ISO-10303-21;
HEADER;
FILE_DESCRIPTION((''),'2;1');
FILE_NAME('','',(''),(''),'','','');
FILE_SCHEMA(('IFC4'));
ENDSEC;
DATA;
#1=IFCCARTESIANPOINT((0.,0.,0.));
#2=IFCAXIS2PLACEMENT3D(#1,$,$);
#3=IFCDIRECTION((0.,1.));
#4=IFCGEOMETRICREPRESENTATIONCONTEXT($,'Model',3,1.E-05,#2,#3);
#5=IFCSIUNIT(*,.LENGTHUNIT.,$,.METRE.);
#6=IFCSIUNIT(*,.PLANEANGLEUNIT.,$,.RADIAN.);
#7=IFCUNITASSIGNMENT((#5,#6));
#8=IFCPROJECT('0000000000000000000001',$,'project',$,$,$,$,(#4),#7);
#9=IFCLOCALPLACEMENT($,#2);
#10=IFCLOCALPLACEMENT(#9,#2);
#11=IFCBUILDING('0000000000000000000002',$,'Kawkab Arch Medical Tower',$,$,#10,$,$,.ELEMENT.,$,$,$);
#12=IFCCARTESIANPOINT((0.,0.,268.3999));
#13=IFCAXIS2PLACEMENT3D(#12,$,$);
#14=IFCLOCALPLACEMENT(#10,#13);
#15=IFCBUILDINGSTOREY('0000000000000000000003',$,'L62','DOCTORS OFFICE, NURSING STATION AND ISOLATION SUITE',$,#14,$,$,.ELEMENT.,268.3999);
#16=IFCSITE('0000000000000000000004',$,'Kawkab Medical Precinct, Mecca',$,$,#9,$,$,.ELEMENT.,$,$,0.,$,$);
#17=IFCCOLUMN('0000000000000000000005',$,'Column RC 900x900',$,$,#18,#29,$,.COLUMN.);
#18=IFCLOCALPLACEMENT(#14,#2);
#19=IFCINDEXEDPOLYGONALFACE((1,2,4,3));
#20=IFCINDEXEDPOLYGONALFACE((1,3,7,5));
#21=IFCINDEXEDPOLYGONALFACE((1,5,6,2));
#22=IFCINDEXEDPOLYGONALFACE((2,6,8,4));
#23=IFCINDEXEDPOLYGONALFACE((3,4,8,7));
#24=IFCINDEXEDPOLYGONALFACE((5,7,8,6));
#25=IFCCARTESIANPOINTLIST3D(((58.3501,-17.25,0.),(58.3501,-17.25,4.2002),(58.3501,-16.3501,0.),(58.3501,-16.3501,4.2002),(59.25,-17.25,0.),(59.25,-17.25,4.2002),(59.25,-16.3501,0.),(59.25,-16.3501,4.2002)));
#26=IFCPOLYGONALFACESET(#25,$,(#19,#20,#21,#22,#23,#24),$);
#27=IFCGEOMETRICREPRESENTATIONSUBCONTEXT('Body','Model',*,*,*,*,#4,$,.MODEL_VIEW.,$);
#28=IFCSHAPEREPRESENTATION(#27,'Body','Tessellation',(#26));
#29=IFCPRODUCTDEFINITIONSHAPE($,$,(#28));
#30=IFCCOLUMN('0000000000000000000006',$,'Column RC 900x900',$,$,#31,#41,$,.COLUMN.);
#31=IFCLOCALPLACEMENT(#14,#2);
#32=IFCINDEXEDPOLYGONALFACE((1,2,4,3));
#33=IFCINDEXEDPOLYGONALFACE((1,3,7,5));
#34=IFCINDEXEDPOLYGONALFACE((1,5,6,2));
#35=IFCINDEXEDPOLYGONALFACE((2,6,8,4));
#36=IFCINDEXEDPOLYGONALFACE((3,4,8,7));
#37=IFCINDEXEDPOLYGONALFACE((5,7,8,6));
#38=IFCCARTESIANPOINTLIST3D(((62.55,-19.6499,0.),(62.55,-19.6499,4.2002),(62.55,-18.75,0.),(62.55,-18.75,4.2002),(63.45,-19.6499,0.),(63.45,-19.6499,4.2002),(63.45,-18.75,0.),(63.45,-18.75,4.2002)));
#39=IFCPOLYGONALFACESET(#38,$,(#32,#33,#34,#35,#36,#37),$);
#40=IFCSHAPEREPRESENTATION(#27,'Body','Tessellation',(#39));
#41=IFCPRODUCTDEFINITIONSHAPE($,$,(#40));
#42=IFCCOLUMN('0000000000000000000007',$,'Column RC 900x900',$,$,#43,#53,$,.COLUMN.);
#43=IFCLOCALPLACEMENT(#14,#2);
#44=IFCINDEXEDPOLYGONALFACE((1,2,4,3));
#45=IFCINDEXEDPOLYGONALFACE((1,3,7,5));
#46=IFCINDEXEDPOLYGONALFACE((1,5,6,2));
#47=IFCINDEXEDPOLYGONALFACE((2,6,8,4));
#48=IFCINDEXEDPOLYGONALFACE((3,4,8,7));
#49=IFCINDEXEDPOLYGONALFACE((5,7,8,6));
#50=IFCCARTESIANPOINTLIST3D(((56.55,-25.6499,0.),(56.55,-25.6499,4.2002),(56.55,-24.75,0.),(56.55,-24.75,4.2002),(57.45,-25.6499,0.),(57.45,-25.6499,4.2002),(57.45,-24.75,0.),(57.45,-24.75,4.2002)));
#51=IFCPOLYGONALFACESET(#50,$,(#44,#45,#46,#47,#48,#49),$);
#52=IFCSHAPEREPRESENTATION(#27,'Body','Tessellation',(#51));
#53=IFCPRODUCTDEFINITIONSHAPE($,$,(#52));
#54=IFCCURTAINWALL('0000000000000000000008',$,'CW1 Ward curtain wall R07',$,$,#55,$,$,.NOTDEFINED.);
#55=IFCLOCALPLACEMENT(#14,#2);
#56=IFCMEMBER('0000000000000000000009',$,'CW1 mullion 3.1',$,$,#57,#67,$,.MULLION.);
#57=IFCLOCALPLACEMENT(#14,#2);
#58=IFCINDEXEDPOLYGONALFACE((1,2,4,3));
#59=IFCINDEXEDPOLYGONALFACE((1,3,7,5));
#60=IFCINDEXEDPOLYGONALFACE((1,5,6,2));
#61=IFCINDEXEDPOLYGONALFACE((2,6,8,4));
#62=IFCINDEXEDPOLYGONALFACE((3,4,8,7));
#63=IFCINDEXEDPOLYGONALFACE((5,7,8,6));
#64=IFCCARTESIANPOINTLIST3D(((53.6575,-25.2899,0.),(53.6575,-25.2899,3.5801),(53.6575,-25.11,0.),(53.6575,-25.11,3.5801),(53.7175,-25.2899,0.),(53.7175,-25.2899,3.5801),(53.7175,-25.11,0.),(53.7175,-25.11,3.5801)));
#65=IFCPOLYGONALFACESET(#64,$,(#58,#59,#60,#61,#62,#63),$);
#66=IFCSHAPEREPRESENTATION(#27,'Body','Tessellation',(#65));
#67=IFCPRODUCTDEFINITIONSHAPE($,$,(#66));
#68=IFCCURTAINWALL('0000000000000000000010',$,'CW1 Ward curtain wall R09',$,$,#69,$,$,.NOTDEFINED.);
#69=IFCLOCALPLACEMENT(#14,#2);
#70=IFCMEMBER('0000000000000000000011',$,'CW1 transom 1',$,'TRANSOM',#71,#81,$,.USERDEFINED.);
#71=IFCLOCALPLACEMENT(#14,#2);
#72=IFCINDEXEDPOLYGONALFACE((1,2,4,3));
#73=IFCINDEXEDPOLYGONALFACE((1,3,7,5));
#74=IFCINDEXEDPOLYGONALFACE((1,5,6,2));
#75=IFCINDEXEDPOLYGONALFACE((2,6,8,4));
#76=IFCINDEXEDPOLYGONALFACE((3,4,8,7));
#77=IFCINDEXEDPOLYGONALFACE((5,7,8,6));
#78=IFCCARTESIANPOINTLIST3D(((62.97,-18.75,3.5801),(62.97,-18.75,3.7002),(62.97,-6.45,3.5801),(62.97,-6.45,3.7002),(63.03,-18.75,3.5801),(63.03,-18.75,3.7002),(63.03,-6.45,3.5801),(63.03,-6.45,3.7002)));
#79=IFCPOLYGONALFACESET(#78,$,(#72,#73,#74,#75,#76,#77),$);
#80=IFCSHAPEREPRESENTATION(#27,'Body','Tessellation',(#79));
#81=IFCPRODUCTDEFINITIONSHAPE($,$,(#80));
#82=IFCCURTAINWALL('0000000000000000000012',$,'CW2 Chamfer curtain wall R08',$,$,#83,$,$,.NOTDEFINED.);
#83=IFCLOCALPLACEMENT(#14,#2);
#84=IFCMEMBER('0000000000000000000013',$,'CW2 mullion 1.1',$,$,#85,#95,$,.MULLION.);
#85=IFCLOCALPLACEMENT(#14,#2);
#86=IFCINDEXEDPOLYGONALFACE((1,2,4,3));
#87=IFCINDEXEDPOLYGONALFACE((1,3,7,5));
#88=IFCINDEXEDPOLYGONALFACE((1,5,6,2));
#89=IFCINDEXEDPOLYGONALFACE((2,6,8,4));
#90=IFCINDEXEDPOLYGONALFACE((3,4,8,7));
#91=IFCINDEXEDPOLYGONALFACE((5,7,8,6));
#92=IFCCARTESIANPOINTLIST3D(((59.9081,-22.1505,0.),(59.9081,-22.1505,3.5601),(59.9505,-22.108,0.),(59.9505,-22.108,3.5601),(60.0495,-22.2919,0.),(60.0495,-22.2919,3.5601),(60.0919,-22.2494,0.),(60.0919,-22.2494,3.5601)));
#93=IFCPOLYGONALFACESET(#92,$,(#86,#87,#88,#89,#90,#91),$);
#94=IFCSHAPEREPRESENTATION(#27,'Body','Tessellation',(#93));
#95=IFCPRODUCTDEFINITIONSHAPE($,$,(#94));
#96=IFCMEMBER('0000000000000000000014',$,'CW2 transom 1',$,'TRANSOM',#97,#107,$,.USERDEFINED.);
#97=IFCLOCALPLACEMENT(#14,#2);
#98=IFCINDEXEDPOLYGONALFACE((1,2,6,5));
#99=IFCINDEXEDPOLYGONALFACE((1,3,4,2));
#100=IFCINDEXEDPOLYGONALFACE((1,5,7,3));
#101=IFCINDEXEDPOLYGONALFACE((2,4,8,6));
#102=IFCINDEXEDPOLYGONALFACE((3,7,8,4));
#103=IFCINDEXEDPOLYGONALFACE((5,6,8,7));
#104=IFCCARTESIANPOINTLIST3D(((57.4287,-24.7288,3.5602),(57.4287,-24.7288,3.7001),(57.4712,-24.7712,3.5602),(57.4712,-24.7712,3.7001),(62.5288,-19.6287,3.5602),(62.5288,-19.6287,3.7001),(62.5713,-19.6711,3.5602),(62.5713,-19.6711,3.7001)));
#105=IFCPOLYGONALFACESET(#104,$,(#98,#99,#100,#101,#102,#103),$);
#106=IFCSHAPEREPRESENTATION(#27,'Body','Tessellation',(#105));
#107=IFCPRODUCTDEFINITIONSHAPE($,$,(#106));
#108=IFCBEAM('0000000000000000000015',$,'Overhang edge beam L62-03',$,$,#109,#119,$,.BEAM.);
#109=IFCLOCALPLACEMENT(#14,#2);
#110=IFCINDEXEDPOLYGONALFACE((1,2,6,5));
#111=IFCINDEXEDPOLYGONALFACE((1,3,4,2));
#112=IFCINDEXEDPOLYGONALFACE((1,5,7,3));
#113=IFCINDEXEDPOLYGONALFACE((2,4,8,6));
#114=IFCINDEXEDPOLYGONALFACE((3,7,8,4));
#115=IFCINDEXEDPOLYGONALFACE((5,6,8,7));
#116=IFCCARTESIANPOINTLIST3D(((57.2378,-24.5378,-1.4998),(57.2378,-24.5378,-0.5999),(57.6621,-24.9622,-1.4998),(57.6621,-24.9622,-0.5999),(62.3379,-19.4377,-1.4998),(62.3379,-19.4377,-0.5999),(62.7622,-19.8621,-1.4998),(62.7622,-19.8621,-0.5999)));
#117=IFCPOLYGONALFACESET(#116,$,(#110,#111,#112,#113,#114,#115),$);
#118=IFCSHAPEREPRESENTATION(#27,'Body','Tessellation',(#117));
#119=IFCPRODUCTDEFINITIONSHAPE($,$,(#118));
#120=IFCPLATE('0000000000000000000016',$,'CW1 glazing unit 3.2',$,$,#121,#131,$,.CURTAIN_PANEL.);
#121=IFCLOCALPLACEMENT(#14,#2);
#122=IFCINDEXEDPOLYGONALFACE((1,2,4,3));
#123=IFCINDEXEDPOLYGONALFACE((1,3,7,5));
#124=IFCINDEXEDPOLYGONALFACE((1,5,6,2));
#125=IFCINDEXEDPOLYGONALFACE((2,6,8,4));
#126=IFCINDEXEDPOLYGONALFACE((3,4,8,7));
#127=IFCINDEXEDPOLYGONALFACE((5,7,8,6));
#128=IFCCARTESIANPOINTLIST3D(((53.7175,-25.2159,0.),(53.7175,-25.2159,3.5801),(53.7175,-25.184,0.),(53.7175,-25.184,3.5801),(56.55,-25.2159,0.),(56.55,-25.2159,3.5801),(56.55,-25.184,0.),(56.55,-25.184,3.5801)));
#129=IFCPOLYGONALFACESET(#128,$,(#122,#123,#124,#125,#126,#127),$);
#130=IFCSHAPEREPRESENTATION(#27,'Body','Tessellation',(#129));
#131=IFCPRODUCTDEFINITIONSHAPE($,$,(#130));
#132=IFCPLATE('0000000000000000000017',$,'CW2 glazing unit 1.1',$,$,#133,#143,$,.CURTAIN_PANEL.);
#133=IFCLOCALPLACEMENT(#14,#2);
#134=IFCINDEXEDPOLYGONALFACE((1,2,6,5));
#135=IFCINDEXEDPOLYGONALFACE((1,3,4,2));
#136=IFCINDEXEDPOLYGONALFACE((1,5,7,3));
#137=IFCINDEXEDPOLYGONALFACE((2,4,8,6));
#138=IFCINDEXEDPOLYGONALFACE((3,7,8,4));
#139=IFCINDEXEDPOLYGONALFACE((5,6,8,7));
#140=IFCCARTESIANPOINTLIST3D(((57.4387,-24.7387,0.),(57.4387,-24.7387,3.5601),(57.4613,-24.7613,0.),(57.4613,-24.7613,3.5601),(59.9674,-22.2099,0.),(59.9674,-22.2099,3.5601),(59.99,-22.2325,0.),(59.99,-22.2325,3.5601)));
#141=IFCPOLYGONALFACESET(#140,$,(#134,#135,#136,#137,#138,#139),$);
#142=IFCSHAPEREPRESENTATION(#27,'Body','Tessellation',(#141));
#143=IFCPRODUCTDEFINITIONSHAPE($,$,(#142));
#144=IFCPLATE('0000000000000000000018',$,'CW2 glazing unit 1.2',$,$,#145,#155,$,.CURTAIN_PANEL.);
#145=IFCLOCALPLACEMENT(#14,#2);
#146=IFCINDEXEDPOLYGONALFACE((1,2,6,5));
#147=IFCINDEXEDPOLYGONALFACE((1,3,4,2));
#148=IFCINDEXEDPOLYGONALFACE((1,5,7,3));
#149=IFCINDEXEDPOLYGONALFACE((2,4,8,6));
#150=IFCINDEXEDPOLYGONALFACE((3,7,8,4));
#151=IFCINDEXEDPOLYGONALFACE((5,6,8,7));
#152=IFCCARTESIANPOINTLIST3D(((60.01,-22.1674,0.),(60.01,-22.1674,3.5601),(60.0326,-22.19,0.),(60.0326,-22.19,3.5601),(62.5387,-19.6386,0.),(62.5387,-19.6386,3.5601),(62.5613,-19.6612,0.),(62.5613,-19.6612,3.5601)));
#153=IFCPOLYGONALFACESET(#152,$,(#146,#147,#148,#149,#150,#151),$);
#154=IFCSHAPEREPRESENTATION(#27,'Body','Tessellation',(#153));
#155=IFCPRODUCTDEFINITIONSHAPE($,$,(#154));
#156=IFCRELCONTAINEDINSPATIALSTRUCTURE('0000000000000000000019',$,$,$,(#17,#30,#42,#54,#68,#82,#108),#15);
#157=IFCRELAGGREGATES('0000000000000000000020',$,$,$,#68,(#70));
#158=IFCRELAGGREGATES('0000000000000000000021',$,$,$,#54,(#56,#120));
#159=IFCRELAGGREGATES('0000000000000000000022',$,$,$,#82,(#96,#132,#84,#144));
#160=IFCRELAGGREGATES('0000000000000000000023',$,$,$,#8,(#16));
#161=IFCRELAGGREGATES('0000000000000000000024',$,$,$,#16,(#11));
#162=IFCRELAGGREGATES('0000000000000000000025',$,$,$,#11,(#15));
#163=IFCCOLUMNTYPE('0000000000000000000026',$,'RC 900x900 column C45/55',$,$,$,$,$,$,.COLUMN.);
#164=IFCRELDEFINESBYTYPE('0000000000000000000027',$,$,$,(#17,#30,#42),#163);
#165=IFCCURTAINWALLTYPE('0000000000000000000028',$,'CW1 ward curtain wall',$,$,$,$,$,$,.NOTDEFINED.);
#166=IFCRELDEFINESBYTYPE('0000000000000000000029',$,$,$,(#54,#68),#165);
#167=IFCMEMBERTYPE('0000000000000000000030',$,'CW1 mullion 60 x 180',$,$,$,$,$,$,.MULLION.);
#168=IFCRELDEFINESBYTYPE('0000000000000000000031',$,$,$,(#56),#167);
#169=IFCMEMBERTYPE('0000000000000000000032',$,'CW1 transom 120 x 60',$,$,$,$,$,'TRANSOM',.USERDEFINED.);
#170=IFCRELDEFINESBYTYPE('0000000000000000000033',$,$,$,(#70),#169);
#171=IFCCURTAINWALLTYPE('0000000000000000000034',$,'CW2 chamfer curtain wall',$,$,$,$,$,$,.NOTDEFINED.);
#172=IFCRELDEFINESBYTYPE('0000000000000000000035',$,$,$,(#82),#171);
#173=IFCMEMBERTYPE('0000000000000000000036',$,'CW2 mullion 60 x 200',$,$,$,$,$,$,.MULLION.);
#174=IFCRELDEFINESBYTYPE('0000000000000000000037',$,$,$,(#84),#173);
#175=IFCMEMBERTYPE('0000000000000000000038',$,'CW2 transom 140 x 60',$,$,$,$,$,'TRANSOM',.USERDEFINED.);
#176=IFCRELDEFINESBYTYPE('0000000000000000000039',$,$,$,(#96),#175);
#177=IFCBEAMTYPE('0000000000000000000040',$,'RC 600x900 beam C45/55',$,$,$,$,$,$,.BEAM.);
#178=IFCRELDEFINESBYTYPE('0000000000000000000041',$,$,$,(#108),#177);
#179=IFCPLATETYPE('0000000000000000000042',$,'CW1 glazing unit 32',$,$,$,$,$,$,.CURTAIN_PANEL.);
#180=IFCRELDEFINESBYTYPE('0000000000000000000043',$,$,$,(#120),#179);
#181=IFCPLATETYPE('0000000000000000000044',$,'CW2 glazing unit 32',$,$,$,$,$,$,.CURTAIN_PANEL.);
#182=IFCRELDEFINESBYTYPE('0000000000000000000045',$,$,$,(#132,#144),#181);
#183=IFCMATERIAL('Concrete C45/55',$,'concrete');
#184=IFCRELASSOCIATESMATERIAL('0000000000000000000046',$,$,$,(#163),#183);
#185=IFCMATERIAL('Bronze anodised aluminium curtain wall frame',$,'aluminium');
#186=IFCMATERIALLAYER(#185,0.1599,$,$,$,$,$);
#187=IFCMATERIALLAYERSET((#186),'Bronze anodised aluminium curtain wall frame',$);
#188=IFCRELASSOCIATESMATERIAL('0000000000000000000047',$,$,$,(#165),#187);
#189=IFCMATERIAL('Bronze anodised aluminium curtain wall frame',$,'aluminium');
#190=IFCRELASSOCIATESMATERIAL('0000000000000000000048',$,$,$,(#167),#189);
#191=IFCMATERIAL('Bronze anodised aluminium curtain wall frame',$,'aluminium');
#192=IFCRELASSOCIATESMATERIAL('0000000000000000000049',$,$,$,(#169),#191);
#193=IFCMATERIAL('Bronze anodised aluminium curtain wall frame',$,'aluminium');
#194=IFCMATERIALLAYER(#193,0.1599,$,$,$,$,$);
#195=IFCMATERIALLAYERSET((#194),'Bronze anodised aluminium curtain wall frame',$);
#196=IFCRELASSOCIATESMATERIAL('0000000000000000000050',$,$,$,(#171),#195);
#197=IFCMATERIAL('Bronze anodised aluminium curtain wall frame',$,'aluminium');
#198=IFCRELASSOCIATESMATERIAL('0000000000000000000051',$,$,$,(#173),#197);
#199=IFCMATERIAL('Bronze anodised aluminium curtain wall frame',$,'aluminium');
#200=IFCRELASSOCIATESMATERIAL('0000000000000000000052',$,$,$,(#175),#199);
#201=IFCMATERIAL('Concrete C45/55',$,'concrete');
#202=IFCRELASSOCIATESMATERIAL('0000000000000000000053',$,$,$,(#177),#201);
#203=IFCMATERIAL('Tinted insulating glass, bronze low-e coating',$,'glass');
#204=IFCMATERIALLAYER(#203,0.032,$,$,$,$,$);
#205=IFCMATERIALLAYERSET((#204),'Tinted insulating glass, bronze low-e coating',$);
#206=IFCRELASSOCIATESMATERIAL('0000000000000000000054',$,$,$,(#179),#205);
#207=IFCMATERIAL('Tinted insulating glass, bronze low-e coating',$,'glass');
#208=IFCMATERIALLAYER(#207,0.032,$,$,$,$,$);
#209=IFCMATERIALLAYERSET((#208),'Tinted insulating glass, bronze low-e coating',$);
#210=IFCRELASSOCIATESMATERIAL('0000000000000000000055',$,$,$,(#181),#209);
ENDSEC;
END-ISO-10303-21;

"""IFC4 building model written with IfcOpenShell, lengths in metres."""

from ifc_helpers import new_model, si_unit, direction, frame, origin, origin_2d, place, context, subcontext, project, spatial, rectangle, extrude, material, layer, layer_set, material_profile, profile_set, type_object, element, aggregate, save


model = new_model("IFC4")

# Units and contexts
model_context = context("Model", 3, precision=1e-05, world=origin(), true_north=direction((0.0, 1.0)))
body_context = subcontext(model_context, "Body", "Model", "MODEL_VIEW")
ifc_project = project(units=[si_unit("LENGTHUNIT", "METRE"), si_unit("PLANEANGLEUNIT", "RADIAN")], contexts=[model_context])

# Site, building, storey
site_placement = place(None, origin())
site = spatial("IfcSite", under=ifc_project, at=site_placement, Name="Kawkab Medical Precinct, Mecca", CompositionType="ELEMENT", RefElevation=0.0)
building_placement = place(site_placement, origin())
building = spatial("IfcBuilding", under=site, at=building_placement, Name="Kawkab Arch Medical Tower", CompositionType="ELEMENT")
storey_placement = place(building_placement, frame((0.0, 0.0, 268.3999)))
storey = spatial("IfcBuildingStorey", under=building, at=storey_placement, Name="L62", Description="DOCTORS OFFICE, NURSING STATION AND ISOLATION SUITE", CompositionType="ELEMENT", Elevation=268.3999)

# Columns
ifc_material_1 = material(Name="Concrete C45/55", Category="concrete")
ifc_material_profile_1 = material_profile(ifc_material_1, rectangle(XDim=0.8999, YDim=0.8999, at=origin_2d()), Name="RC 900x900")
ifc_profile_set_1 = profile_set([ifc_material_profile_1], Name="Concrete C45/55")
column_type = type_object("IfcColumnType", Name="RC 900x900 column C45/55", PredefinedType="COLUMN", material=ifc_profile_set_1)
for number, where, z_axis, x_axis, name in (
    (1, (58.8, -16.8, 0.0), (0.0, 0.0, 1.0), (1.0, 0.0, 0.0), "Column RC 900x900"),
    (2, (63.0, -19.2, 0.0), (0.0, 0.0, 1.0), (1.0, 0.0, 0.0), "Column RC 900x900"),
    (3, (57.0, -25.2, 0.0), (0.0, 0.0, 1.0), (1.0, 0.0, 0.0), "Column RC 900x900"),
):
    element("IfcColumn", number, at=place(storey_placement, frame(where, z_axis=z_axis, x_axis=x_axis)), inside=storey, type_object=column_type, Name=name, PredefinedType="COLUMN", context=body_context, shape_type="SweptSolid", body=[
        extrude(rectangle(XDim=0.8999, YDim=0.8999, at=origin_2d()), origin(), (0.0, 0.0, 1.0), 4.2002),
    ])

# Curtain walls, members
ifc_material_2 = material(Name="Bronze anodised aluminium curtain wall frame", Category="aluminium")
ifc_layer_1 = layer(ifc_material_2, 0.1599)
ifc_layer_set_1 = layer_set([ifc_layer_1], Name="Bronze anodised aluminium curtain wall frame")
curtain_wall_type_1 = type_object("IfcCurtainWallType", Name="CW1 ward curtain wall", PredefinedType="NOTDEFINED", material=ifc_layer_set_1)
placement = place(storey_placement, origin())
curtain_wall_1 = element("IfcCurtainWall", 4, at=placement, inside=storey, type_object=curtain_wall_type_1, Name="CW1 Ward curtain wall R07", PredefinedType="NOTDEFINED")
ifc_material_3 = material(Name="Bronze anodised aluminium curtain wall frame", Category="aluminium")
ifc_material_profile_2 = material_profile(ifc_material_3, rectangle(XDim=0.1799, YDim=0.0601, at=origin_2d()), Name="AL 60x180")
ifc_profile_set_2 = profile_set([ifc_material_profile_2], Name="Bronze anodised aluminium curtain wall frame")
member_type_1 = type_object("IfcMemberType", Name="CW1 mullion 60 x 180", PredefinedType="MULLION", material=ifc_profile_set_2)
member_1_placement = place(storey_placement, frame((53.6875, -25.2, 0.0), z_axis=(0.0, 0.0, 1.0), x_axis=(0.0, 1.0, 0.0)))
member_1 = element("IfcMember", 5, at=member_1_placement, type_object=member_type_1, Name="CW1 mullion 3.1", PredefinedType="MULLION", context=body_context, shape_type="SweptSolid", body=[
    extrude(rectangle(XDim=0.1799, YDim=0.0601, at=origin_2d()), origin(), (0.0, 0.0, 1.0), 3.5801),
])
curtain_wall_2 = element("IfcCurtainWall", 6, at=placement, inside=storey, type_object=curtain_wall_type_1, Name="CW1 Ward curtain wall R09", PredefinedType="NOTDEFINED")
ifc_material_4 = material(Name="Bronze anodised aluminium curtain wall frame", Category="aluminium")
ifc_material_profile_3 = material_profile(ifc_material_4, rectangle(XDim=0.0601, YDim=0.1201, at=origin_2d()), Name="AL 60x120")
ifc_profile_set_3 = profile_set([ifc_material_profile_3], Name="Bronze anodised aluminium curtain wall frame")
member_type_2 = type_object("IfcMemberType", Name="CW1 transom 120 x 60", ElementType="TRANSOM", PredefinedType="USERDEFINED", material=ifc_profile_set_3)
member_2_placement = place(storey_placement, frame((63.0, -18.75, 3.6401), z_axis=(0.0, 1.0, 0.0), x_axis=(-1.0, 0.0, 0.0)))
member_2 = element("IfcMember", 7, at=member_2_placement, type_object=member_type_2, Name="CW1 transom 1", ObjectType="TRANSOM", PredefinedType="USERDEFINED", context=body_context, shape_type="SweptSolid", body=[
    extrude(rectangle(XDim=0.0601, YDim=0.1201, at=origin_2d()), origin(), (0.0, 0.0, 1.0), 12.3),
])
aggregate(curtain_wall_2, [member_2])

# Curtain wall, members
ifc_material_5 = material(Name="Bronze anodised aluminium curtain wall frame", Category="aluminium")
ifc_layer_2 = layer(ifc_material_5, 0.1599)
ifc_layer_set_2 = layer_set([ifc_layer_2], Name="Bronze anodised aluminium curtain wall frame")
curtain_wall_type_2 = type_object("IfcCurtainWallType", Name="CW2 chamfer curtain wall", PredefinedType="NOTDEFINED", material=ifc_layer_set_2)
curtain_wall_3 = element("IfcCurtainWall", 8, at=placement, inside=storey, type_object=curtain_wall_type_2, Name="CW2 Chamfer curtain wall R08", PredefinedType="NOTDEFINED")
ifc_material_6 = material(Name="Bronze anodised aluminium curtain wall frame", Category="aluminium")
ifc_material_profile_4 = material_profile(ifc_material_6, rectangle(XDim=0.2, YDim=0.0601, at=origin_2d()), Name="AL 60x200")
ifc_profile_set_4 = profile_set([ifc_material_profile_4], Name="Bronze anodised aluminium curtain wall frame")
member_type_3 = type_object("IfcMemberType", Name="CW2 mullion 60 x 200", PredefinedType="MULLION", material=ifc_profile_set_4)
member_3_placement = place(storey_placement, frame((60.0, -22.2, 0.0), z_axis=(0.0, 0.0, 1.0), x_axis=(-0.707107, 0.707107, 0.0)))
member_3 = element("IfcMember", 9, at=member_3_placement, type_object=member_type_3, Name="CW2 mullion 1.1", PredefinedType="MULLION", context=body_context, shape_type="SweptSolid", body=[
    extrude(rectangle(XDim=0.2, YDim=0.0601, at=origin_2d()), origin(), (0.0, 0.0, 1.0), 3.5601),
])
ifc_material_7 = material(Name="Bronze anodised aluminium curtain wall frame", Category="aluminium")
ifc_material_profile_5 = material_profile(ifc_material_7, rectangle(XDim=0.0601, YDim=0.1399, at=origin_2d()), Name="AL 60x140")
ifc_profile_set_5 = profile_set([ifc_material_profile_5], Name="Bronze anodised aluminium curtain wall frame")
member_type_4 = type_object("IfcMemberType", Name="CW2 transom 140 x 60", ElementType="TRANSOM", PredefinedType="USERDEFINED", material=ifc_profile_set_5)
member_4_placement = place(storey_placement, frame((57.45, -24.75, 3.6301), z_axis=(0.707107, 0.707107, 0.0), x_axis=(-0.707107, 0.707107, 0.0)))
member_4 = element("IfcMember", 10, at=member_4_placement, type_object=member_type_4, Name="CW2 transom 1", ObjectType="TRANSOM", PredefinedType="USERDEFINED", context=body_context, shape_type="SweptSolid", body=[
    extrude(rectangle(XDim=0.0601, YDim=0.1399, at=origin_2d()), origin(), (0.0, 0.0, 1.0), 7.2126),
])

# Beam
ifc_material_8 = material(Name="Concrete C45/55", Category="concrete")
ifc_material_profile_6 = material_profile(ifc_material_8, rectangle(XDim=0.6001, YDim=0.8999, at=origin_2d()), Name="RC 600x900")
ifc_profile_set_6 = profile_set([ifc_material_profile_6], Name="Concrete C45/55")
beam_type = type_object("IfcBeamType", Name="RC 600x900 beam C45/55", PredefinedType="BEAM", material=ifc_profile_set_6)
beam_placement = place(storey_placement, frame((62.55, -19.6499, -1.0498), z_axis=(-0.707107, -0.707107, 0.0), x_axis=(0.707107, -0.707107, 0.0)))
element("IfcBeam", 11, at=beam_placement, inside=storey, type_object=beam_type, Name="Overhang edge beam L62-03", PredefinedType="BEAM", context=body_context, shape_type="SweptSolid", body=[
    extrude(rectangle(XDim=0.6001, YDim=0.8999, at=origin_2d()), origin(), (0.0, 0.0, 1.0), 7.2126),
])

# Plates
ifc_material_9 = material(Name="Tinted insulating glass, bronze low-e coating", Category="glass")
ifc_layer_3 = layer(ifc_material_9, 0.032)
ifc_layer_set_3 = layer_set([ifc_layer_3], Name="Tinted insulating glass, bronze low-e coating")
plate_type_1 = type_object("IfcPlateType", Name="CW1 glazing unit 32", PredefinedType="CURTAIN_PANEL", material=ifc_layer_set_3)
plate_1_placement = place(storey_placement, frame((55.1338, -25.2, 0.0), z_axis=(0.0, 0.0, 1.0), x_axis=(1.0, 0.0, 0.0)))
plate_1 = element("IfcPlate", 12, at=plate_1_placement, type_object=plate_type_1, Name="CW1 glazing unit 3.2", PredefinedType="CURTAIN_PANEL", context=body_context, shape_type="SweptSolid", body=[
    extrude(rectangle(XDim=2.8325, YDim=0.032, at=origin_2d()), origin(), (0.0, 0.0, 1.0), 3.5801),
])
aggregate(curtain_wall_1, [member_1, plate_1])
ifc_material_10 = material(Name="Tinted insulating glass, bronze low-e coating", Category="glass")
ifc_layer_4 = layer(ifc_material_10, 0.032)
ifc_layer_set_4 = layer_set([ifc_layer_4], Name="Tinted insulating glass, bronze low-e coating")
plate_type_2 = type_object("IfcPlateType", Name="CW2 glazing unit 32", PredefinedType="CURTAIN_PANEL", material=ifc_layer_set_4)
plate_2_placement = place(storey_placement, frame((58.7144, -23.4856, 0.0), z_axis=(0.0, 0.0, 1.0), x_axis=(0.707107, 0.707107, 0.0)))
plate_2 = element("IfcPlate", 13, at=plate_2_placement, type_object=plate_type_2, Name="CW2 glazing unit 1.1", PredefinedType="CURTAIN_PANEL", context=body_context, shape_type="SweptSolid", body=[
    extrude(rectangle(XDim=3.5762, YDim=0.032, at=origin_2d()), origin(), (0.0, 0.0, 1.0), 3.5601),
])
plate_3_placement = place(storey_placement, frame((61.2856, -20.9143, 0.0), z_axis=(0.0, 0.0, 1.0), x_axis=(0.707107, 0.707107, 0.0)))
plate_3 = element("IfcPlate", 14, at=plate_3_placement, type_object=plate_type_2, Name="CW2 glazing unit 1.2", PredefinedType="CURTAIN_PANEL", context=body_context, shape_type="SweptSolid", body=[
    extrude(rectangle(XDim=3.5762, YDim=0.032, at=origin_2d()), origin(), (0.0, 0.0, 1.0), 3.5601),
])
aggregate(curtain_wall_3, [member_4, plate_2, member_3, plate_3])

save(model, "model.ifc")
